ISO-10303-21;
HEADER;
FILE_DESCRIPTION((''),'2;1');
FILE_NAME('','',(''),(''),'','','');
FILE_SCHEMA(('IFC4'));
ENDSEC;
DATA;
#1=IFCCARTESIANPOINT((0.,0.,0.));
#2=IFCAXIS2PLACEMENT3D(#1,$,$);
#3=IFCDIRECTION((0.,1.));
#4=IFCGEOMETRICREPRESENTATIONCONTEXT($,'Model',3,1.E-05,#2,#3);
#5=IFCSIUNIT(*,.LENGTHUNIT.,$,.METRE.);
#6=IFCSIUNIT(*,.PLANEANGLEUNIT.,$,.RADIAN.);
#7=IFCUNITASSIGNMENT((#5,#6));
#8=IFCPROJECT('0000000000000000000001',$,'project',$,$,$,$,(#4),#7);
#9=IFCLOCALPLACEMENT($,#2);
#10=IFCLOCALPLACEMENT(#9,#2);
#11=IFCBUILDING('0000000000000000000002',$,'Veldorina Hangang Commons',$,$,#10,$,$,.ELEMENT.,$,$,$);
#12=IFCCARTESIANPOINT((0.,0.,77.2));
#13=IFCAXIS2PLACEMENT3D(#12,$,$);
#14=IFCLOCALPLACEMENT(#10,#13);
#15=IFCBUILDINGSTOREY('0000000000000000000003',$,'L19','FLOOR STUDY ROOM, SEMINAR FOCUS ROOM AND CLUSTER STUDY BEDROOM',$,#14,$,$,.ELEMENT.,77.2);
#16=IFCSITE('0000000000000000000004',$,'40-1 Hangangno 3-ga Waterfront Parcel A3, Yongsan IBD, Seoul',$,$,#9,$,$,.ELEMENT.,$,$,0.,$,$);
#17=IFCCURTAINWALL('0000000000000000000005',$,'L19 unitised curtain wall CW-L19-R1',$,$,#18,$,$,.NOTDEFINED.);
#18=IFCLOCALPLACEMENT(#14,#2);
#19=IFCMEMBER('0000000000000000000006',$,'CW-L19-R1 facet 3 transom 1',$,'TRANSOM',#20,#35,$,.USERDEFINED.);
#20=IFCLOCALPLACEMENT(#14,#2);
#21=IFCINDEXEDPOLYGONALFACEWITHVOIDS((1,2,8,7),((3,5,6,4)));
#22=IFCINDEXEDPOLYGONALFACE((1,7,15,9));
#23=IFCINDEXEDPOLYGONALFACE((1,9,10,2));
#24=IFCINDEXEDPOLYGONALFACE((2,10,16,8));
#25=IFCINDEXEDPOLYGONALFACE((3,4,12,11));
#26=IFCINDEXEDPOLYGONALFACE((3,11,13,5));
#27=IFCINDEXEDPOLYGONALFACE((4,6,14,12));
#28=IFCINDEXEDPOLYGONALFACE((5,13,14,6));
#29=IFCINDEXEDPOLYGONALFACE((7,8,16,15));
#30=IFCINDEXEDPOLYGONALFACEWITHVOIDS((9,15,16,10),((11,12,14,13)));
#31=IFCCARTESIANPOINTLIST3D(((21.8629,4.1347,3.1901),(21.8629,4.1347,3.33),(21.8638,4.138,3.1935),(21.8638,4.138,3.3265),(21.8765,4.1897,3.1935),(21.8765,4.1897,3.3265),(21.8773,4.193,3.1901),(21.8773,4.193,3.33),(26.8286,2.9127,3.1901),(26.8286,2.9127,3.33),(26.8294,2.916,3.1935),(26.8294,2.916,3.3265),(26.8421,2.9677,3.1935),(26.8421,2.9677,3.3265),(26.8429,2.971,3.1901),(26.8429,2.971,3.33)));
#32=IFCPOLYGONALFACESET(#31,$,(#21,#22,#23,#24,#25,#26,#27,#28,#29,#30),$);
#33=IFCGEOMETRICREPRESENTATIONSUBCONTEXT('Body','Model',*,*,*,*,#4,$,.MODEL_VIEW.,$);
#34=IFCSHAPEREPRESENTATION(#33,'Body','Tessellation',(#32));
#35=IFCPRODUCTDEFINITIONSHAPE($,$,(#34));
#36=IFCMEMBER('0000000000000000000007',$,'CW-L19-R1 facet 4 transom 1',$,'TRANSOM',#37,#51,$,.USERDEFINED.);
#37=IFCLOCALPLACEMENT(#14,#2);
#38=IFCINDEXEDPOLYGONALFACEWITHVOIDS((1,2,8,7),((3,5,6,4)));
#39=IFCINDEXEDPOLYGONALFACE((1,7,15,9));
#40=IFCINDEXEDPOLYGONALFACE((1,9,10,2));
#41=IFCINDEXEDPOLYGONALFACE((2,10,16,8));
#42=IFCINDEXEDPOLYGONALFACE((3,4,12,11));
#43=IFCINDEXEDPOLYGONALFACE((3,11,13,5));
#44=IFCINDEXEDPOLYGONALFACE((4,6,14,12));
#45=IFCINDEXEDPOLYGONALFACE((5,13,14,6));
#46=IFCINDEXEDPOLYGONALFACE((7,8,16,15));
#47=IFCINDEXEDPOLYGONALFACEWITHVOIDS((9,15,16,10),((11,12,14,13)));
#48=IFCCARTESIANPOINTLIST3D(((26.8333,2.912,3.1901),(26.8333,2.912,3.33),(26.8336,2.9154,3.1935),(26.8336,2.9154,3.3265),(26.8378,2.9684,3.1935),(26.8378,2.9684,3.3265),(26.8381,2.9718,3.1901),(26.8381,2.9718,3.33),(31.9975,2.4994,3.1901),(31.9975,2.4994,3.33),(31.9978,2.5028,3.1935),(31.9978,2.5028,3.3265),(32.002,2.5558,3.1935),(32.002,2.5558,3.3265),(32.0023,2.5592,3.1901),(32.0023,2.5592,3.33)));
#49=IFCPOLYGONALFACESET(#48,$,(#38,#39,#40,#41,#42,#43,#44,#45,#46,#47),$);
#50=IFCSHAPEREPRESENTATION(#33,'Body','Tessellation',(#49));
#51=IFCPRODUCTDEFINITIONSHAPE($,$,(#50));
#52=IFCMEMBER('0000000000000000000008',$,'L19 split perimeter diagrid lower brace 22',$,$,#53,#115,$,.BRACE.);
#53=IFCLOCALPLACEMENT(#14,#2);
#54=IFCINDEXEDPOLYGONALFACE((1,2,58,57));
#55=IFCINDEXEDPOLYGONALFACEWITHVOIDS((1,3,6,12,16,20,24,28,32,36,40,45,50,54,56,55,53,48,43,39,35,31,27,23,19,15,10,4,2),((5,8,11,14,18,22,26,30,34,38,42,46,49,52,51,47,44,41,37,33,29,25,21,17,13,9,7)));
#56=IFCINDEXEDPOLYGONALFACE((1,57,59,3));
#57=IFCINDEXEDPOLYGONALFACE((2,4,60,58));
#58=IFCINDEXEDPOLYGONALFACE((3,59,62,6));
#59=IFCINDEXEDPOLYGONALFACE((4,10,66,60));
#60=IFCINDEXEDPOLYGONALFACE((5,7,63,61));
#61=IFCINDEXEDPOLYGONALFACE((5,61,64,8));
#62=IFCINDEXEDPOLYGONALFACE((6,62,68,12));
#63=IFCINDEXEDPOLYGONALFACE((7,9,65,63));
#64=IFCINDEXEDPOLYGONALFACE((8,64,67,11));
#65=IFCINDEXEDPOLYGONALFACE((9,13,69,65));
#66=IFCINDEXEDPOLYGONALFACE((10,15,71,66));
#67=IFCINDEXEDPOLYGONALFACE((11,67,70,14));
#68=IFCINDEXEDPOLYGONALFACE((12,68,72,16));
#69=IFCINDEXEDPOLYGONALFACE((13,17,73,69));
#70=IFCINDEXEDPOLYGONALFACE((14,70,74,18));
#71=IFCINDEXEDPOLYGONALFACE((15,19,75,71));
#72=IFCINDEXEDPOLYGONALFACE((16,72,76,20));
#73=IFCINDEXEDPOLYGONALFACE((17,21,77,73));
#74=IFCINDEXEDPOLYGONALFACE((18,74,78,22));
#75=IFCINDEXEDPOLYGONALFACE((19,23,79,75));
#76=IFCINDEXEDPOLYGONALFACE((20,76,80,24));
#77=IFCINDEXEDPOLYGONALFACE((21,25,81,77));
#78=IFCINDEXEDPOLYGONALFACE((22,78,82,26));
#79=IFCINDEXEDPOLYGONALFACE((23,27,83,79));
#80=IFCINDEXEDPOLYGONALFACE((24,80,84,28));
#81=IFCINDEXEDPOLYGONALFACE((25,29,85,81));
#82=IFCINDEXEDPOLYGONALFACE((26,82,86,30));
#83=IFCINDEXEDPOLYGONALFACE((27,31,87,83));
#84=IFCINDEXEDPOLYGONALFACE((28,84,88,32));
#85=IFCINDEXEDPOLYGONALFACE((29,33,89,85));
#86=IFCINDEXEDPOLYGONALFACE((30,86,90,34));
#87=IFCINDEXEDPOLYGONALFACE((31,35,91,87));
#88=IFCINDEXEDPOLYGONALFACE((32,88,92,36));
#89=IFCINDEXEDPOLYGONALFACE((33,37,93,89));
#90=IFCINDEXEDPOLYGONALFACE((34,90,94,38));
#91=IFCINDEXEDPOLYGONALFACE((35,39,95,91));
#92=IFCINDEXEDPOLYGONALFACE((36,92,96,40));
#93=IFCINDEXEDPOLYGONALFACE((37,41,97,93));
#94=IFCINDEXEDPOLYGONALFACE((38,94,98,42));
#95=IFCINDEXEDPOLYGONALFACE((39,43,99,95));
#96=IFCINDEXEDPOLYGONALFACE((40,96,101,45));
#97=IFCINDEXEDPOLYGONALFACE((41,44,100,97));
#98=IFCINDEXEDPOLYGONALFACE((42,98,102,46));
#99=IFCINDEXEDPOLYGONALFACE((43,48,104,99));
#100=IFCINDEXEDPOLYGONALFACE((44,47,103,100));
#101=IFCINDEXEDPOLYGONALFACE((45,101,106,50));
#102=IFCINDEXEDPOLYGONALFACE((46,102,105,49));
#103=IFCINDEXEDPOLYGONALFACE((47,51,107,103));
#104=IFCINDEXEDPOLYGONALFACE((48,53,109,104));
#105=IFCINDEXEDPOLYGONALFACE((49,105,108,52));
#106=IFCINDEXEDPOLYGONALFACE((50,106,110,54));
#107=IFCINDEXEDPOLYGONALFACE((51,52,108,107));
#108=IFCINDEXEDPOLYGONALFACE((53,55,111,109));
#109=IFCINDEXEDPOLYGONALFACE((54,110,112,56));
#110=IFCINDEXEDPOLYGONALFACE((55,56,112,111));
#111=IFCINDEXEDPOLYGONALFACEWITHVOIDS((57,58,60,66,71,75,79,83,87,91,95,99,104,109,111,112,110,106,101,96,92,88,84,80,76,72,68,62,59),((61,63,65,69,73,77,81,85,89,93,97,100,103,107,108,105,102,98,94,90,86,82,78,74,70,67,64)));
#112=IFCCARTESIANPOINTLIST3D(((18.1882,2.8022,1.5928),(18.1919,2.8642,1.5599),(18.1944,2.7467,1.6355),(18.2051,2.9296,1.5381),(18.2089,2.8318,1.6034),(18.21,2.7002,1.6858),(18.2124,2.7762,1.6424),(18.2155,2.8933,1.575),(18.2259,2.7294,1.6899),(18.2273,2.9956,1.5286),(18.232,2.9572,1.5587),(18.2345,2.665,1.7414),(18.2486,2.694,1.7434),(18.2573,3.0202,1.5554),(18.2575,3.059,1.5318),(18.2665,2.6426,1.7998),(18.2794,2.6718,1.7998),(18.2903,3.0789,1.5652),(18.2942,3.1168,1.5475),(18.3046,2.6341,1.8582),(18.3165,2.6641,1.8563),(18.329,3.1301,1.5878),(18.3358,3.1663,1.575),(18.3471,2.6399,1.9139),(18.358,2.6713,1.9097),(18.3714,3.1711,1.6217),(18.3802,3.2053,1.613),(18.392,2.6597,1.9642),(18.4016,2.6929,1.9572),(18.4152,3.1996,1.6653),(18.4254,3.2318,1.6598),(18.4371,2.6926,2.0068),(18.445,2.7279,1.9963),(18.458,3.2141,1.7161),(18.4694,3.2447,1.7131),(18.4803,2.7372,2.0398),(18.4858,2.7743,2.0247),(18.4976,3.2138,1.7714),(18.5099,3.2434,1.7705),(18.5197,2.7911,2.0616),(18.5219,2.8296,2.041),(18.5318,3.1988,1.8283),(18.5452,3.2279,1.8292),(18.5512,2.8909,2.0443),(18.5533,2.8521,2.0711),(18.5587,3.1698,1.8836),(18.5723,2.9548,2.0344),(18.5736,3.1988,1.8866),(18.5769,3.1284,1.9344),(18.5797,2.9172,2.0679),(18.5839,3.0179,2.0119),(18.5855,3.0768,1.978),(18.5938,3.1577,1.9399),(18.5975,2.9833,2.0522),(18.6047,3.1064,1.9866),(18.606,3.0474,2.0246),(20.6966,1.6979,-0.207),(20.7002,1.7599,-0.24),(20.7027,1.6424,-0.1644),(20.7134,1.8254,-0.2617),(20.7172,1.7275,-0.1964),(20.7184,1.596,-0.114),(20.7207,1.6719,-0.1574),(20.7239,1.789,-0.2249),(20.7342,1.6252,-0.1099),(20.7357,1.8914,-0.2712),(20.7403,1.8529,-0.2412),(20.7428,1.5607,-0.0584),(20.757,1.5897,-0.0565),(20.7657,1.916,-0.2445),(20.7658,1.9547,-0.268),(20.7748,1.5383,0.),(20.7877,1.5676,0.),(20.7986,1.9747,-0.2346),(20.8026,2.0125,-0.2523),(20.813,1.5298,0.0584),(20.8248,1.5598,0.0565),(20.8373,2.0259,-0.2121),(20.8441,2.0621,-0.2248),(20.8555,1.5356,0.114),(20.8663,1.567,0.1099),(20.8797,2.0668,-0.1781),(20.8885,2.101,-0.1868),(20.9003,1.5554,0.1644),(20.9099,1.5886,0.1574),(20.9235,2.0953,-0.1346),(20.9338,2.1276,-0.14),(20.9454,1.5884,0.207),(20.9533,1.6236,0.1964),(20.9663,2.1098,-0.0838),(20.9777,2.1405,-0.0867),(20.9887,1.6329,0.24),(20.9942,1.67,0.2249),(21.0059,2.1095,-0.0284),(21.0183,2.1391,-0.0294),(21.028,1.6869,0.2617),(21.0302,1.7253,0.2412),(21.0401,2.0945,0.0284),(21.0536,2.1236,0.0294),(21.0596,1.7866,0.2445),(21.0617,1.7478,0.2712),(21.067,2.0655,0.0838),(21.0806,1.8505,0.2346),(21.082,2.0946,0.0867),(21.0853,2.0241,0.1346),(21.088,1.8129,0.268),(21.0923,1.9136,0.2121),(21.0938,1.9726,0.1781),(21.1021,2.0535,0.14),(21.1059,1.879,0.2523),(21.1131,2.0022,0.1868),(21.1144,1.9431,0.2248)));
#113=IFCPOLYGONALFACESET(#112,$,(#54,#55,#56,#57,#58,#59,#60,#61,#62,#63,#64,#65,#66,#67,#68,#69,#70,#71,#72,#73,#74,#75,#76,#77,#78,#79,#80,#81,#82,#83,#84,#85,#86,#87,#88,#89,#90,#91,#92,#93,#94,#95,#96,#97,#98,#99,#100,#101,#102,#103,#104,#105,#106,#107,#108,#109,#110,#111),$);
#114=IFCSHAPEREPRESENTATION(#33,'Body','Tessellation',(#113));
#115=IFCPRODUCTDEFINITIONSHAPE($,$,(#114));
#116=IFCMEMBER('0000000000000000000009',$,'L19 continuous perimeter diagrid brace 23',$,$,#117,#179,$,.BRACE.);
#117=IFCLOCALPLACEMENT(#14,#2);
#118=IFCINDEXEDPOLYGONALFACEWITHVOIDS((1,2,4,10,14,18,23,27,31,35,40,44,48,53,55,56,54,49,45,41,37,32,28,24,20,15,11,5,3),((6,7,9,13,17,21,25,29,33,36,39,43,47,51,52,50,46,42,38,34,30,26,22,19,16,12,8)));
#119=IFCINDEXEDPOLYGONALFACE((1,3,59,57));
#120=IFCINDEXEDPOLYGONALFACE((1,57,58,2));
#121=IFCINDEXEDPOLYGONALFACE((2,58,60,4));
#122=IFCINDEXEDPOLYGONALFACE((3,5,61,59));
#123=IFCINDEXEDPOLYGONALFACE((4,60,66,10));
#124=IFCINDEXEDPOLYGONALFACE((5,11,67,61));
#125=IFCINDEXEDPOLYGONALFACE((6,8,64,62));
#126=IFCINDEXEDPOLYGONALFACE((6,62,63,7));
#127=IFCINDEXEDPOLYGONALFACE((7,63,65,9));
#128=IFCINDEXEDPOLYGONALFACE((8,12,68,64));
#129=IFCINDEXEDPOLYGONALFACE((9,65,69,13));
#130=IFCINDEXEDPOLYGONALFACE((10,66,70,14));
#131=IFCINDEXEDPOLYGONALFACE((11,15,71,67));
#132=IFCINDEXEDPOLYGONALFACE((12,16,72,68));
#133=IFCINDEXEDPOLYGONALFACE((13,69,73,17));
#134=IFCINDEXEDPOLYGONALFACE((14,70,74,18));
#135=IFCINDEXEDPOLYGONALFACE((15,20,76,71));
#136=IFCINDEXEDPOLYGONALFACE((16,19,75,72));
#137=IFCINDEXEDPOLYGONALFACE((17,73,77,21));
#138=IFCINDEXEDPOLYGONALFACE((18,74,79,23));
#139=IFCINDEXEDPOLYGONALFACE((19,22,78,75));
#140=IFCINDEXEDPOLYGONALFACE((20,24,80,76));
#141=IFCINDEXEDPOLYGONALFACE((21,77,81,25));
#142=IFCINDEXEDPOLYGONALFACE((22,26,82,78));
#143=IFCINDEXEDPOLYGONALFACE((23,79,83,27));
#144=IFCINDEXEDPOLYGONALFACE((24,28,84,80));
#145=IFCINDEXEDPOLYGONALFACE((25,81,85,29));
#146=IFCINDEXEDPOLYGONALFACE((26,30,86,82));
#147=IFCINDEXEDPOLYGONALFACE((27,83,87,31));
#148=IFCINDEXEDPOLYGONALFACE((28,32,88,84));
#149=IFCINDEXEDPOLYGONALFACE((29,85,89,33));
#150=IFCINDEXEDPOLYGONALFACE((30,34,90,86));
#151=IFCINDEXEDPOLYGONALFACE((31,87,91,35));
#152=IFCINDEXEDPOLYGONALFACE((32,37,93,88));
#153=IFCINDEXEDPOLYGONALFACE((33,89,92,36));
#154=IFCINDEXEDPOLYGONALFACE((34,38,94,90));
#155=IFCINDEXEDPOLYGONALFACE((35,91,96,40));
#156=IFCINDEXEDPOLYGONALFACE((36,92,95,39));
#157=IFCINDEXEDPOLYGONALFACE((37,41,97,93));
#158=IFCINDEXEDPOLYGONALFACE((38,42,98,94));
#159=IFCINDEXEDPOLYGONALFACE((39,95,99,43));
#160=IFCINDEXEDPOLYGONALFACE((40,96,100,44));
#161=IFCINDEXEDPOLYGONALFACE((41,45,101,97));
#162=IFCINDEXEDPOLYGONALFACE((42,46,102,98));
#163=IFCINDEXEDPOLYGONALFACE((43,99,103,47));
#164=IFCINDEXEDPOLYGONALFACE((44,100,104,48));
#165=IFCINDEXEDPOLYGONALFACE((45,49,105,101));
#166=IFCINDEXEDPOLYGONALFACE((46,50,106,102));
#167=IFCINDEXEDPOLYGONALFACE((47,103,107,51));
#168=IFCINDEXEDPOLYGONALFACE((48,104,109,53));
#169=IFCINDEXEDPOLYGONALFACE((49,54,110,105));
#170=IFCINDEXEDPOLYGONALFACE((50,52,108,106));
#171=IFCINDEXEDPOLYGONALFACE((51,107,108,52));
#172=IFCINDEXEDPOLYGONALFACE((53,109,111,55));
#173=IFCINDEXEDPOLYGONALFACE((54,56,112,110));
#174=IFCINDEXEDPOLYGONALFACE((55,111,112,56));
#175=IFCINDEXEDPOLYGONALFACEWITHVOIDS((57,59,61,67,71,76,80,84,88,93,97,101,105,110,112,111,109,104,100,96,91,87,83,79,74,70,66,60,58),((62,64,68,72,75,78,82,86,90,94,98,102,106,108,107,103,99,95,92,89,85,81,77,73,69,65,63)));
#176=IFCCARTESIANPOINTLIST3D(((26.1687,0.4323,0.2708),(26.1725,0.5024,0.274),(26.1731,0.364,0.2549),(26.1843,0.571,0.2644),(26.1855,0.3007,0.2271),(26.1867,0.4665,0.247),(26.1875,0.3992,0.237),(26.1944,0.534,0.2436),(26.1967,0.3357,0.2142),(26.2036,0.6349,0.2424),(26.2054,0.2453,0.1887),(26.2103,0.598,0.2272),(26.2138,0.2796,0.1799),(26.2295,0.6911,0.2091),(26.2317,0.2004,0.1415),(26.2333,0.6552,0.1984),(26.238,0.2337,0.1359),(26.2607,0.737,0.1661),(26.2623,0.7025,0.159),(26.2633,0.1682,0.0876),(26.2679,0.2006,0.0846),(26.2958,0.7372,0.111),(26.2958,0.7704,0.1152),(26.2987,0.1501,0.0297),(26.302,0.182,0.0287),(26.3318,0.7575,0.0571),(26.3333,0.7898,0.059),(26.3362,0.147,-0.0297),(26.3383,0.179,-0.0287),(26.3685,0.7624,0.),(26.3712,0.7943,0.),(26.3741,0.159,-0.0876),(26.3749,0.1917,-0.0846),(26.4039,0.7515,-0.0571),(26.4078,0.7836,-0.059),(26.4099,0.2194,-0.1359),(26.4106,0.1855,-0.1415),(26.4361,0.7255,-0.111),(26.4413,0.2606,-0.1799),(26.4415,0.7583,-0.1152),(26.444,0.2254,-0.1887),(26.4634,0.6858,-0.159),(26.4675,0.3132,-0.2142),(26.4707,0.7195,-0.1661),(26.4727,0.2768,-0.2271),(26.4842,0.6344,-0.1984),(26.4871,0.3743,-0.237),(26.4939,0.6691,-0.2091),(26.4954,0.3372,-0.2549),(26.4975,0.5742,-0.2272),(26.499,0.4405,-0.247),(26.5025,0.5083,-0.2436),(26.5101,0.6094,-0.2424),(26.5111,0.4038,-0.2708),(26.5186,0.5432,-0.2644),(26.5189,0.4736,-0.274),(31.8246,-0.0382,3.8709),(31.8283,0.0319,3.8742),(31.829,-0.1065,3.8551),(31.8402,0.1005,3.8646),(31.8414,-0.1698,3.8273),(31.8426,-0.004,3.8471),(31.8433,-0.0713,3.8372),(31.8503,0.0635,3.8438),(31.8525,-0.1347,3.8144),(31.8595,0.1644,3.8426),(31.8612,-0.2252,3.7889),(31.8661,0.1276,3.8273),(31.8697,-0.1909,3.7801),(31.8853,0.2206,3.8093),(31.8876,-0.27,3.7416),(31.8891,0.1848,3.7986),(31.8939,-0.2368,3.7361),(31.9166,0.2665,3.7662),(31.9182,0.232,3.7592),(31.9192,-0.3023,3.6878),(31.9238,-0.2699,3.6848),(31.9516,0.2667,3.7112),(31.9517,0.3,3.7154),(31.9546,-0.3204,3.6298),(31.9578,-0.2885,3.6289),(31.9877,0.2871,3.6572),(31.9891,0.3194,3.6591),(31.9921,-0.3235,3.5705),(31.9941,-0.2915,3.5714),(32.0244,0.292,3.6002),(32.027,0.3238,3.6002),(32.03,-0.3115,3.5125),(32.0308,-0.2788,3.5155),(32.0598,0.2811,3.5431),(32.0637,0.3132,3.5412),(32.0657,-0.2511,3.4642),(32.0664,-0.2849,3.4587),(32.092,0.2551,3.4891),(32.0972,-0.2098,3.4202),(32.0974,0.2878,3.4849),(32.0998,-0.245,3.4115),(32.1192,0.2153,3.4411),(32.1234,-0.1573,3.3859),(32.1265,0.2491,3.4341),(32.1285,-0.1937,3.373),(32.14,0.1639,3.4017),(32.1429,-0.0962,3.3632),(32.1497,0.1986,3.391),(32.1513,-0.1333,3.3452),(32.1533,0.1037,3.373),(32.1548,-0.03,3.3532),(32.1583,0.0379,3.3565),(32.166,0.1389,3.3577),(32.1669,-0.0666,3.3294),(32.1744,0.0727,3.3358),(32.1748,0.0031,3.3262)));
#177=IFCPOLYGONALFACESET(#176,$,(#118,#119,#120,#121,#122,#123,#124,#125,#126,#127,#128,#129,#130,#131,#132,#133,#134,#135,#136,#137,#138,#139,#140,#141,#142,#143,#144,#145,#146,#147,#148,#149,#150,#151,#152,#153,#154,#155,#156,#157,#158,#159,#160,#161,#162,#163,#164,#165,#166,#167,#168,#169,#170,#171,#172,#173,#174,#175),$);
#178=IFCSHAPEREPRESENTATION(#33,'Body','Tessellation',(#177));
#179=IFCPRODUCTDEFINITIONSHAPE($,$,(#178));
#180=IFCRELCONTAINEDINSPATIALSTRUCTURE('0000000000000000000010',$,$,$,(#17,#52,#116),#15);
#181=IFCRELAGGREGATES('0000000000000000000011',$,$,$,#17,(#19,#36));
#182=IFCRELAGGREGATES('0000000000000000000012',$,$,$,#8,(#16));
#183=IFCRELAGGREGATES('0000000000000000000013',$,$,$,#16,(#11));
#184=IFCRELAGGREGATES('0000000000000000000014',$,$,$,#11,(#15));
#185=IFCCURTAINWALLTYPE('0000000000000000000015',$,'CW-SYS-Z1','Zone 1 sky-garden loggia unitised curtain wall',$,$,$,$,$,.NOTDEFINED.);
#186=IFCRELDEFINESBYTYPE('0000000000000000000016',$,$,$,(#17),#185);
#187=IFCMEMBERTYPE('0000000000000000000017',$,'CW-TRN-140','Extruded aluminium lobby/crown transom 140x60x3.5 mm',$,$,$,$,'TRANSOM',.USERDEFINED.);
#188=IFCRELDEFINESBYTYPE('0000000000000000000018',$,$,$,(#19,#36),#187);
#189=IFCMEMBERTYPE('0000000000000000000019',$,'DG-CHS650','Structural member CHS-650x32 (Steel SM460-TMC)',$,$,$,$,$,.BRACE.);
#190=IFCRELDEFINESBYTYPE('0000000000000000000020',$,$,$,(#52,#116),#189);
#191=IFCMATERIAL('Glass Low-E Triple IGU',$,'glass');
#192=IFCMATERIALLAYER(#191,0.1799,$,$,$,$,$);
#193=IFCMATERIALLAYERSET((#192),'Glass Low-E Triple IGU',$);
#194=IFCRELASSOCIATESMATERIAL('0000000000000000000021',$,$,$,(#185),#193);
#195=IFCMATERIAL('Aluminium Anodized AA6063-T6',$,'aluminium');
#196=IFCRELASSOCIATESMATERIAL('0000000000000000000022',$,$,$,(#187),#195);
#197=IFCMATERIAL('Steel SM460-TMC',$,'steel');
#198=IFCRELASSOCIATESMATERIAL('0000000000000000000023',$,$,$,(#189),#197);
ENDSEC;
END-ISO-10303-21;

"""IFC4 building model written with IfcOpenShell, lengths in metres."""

from ifc_helpers import new_model, si_unit, direction, frame, origin, origin_2d, place, context, subcontext, project, spatial, hollow_rectangle, hollow_circle, extrude, material, layer, layer_set, material_profile, profile_set, type_object, element, aggregate, save


model = new_model("IFC4")

# Units and contexts
model_context = context("Model", 3, precision=1e-05, world=origin(), true_north=direction((0.0, 1.0)))
body_context = subcontext(model_context, "Body", "Model", "MODEL_VIEW")
ifc_project = project(units=[si_unit("LENGTHUNIT", "METRE"), si_unit("PLANEANGLEUNIT", "RADIAN")], contexts=[model_context])

# Site, building, storey
site_placement = place(None, origin())
site = spatial("IfcSite", under=ifc_project, at=site_placement, Name="40-1 Hangangno 3-ga Waterfront Parcel A3, Yongsan IBD, Seoul", CompositionType="ELEMENT", RefElevation=0.0)
building_placement = place(site_placement, origin())
building = spatial("IfcBuilding", under=site, at=building_placement, Name="Veldorina Hangang Commons", CompositionType="ELEMENT")
storey_placement = place(building_placement, frame((0.0, 0.0, 77.2)))
storey = spatial("IfcBuildingStorey", under=building, at=storey_placement, Name="L19", Description="FLOOR STUDY ROOM, SEMINAR FOCUS ROOM AND CLUSTER STUDY BEDROOM", CompositionType="ELEMENT", Elevation=77.2)

# Curtain wall, members
ifc_material_1 = material(Name="Glass Low-E Triple IGU", Category="glass")
ifc_layer_1 = layer(ifc_material_1, 0.1799)
ifc_layer_set_1 = layer_set([ifc_layer_1], Name="Glass Low-E Triple IGU")
curtain_wall_type = type_object("IfcCurtainWallType", Name="CW-SYS-Z1", Description="Zone 1 sky-garden loggia unitised curtain wall", PredefinedType="NOTDEFINED", material=ifc_layer_set_1)
curtain_wall_placement = place(storey_placement, origin())
curtain_wall = element("IfcCurtainWall", 1, at=curtain_wall_placement, inside=storey, type_object=curtain_wall_type, Name="L19 unitised curtain wall CW-L19-R1", PredefinedType="NOTDEFINED")
ifc_material_2 = material(Name="Aluminium Anodized AA6063-T6", Category="aluminium")
ifc_material_profile_1 = material_profile(ifc_material_2, hollow_rectangle(XDim=0.0601, YDim=0.1399, WallThickness=0.0034, at=origin_2d()), Name="ALU-RHS-140x60x3.5")
ifc_profile_set_1 = profile_set([ifc_material_profile_1], Name="Aluminium Anodized AA6063-T6")
member_type_1 = type_object("IfcMemberType", Name="CW-TRN-140", Description="Extruded aluminium lobby/crown transom 140x60x3.5 mm", ElementType="TRANSOM", PredefinedType="USERDEFINED", material=ifc_profile_set_1)
member_1_placement = place(storey_placement, frame((21.8701, 4.1638, 3.26), z_axis=(0.971032, -0.23895, 0.0), x_axis=(0.23895, 0.971032, 0.0)))
member_1 = element("IfcMember", 2, at=member_1_placement, type_object=member_type_1, Name="CW-L19-R1 facet 3 transom 1", ObjectType="TRANSOM", PredefinedType="USERDEFINED", context=body_context, shape_type="SweptSolid", body=[
    extrude(hollow_rectangle(XDim=0.0601, YDim=0.1399, WallThickness=0.0034, at=origin_2d()), origin(), (0.0, 0.0, 1.0), 5.1138),
])
member_2_placement = place(storey_placement, frame((26.8357, 2.9419, 3.26), z_axis=(0.996824, -0.07964, 0.0), x_axis=(0.07964, 0.996824, 0.0)))
member_2 = element("IfcMember", 3, at=member_2_placement, type_object=member_type_1, Name="CW-L19-R1 facet 4 transom 1", ObjectType="TRANSOM", PredefinedType="USERDEFINED", context=body_context, shape_type="SweptSolid", body=[
    extrude(hollow_rectangle(XDim=0.0601, YDim=0.1399, WallThickness=0.0034, at=origin_2d()), origin(), (0.0, 0.0, 1.0), 5.1807),
])

# Members
ifc_material_3 = material(Name="Steel SM460-TMC", Category="steel")
ifc_material_profile_2 = material_profile(ifc_material_3, hollow_circle(Radius=0.325, WallThickness=0.032, at=origin_2d()), Name="CHS-650x32")
ifc_profile_set_2 = profile_set([ifc_material_profile_2], Name="Steel SM460-TMC")
member_type_2 = type_object("IfcMemberType", Name="DG-CHS650", Description="Structural member CHS-650x32 (Steel SM460-TMC)", PredefinedType="BRACE", material=ifc_profile_set_2)
member_3_placement = place(storey_placement, frame((20.9058, 1.8357, 0.0), z_axis=(-0.765016, 0.336789, 0.548929), x_axis=(-0.402921, -0.915235, 0.0)))
element("IfcMember", 4, at=member_3_placement, inside=storey, type_object=member_type_2, Name="L19 split perimeter diagrid lower brace 22", PredefinedType="BRACE", context=body_context, shape_type="SweptSolid", body=[
    extrude(hollow_circle(Radius=0.325, WallThickness=0.032, at=origin_2d()), origin(), (0.0, 0.0, 1.0), 3.2788),
])
member_4_placement = place(storey_placement, frame((26.3442, 0.4705, 0.0), z_axis=(0.841526, -0.07, 0.535662), x_axis=(0.082896, 0.996558, 0.0)))
element("IfcMember", 5, at=member_4_placement, inside=storey, type_object=member_type_2, Name="L19 continuous perimeter diagrid brace 23", PredefinedType="BRACE", context=body_context, shape_type="SweptSolid", body=[
    extrude(hollow_circle(Radius=0.325, WallThickness=0.032, at=origin_2d()), origin(), (0.0, 0.0, 1.0), 6.7209),
])

aggregate(curtain_wall, [member_1, member_2])

save(model, "model.ifc")
